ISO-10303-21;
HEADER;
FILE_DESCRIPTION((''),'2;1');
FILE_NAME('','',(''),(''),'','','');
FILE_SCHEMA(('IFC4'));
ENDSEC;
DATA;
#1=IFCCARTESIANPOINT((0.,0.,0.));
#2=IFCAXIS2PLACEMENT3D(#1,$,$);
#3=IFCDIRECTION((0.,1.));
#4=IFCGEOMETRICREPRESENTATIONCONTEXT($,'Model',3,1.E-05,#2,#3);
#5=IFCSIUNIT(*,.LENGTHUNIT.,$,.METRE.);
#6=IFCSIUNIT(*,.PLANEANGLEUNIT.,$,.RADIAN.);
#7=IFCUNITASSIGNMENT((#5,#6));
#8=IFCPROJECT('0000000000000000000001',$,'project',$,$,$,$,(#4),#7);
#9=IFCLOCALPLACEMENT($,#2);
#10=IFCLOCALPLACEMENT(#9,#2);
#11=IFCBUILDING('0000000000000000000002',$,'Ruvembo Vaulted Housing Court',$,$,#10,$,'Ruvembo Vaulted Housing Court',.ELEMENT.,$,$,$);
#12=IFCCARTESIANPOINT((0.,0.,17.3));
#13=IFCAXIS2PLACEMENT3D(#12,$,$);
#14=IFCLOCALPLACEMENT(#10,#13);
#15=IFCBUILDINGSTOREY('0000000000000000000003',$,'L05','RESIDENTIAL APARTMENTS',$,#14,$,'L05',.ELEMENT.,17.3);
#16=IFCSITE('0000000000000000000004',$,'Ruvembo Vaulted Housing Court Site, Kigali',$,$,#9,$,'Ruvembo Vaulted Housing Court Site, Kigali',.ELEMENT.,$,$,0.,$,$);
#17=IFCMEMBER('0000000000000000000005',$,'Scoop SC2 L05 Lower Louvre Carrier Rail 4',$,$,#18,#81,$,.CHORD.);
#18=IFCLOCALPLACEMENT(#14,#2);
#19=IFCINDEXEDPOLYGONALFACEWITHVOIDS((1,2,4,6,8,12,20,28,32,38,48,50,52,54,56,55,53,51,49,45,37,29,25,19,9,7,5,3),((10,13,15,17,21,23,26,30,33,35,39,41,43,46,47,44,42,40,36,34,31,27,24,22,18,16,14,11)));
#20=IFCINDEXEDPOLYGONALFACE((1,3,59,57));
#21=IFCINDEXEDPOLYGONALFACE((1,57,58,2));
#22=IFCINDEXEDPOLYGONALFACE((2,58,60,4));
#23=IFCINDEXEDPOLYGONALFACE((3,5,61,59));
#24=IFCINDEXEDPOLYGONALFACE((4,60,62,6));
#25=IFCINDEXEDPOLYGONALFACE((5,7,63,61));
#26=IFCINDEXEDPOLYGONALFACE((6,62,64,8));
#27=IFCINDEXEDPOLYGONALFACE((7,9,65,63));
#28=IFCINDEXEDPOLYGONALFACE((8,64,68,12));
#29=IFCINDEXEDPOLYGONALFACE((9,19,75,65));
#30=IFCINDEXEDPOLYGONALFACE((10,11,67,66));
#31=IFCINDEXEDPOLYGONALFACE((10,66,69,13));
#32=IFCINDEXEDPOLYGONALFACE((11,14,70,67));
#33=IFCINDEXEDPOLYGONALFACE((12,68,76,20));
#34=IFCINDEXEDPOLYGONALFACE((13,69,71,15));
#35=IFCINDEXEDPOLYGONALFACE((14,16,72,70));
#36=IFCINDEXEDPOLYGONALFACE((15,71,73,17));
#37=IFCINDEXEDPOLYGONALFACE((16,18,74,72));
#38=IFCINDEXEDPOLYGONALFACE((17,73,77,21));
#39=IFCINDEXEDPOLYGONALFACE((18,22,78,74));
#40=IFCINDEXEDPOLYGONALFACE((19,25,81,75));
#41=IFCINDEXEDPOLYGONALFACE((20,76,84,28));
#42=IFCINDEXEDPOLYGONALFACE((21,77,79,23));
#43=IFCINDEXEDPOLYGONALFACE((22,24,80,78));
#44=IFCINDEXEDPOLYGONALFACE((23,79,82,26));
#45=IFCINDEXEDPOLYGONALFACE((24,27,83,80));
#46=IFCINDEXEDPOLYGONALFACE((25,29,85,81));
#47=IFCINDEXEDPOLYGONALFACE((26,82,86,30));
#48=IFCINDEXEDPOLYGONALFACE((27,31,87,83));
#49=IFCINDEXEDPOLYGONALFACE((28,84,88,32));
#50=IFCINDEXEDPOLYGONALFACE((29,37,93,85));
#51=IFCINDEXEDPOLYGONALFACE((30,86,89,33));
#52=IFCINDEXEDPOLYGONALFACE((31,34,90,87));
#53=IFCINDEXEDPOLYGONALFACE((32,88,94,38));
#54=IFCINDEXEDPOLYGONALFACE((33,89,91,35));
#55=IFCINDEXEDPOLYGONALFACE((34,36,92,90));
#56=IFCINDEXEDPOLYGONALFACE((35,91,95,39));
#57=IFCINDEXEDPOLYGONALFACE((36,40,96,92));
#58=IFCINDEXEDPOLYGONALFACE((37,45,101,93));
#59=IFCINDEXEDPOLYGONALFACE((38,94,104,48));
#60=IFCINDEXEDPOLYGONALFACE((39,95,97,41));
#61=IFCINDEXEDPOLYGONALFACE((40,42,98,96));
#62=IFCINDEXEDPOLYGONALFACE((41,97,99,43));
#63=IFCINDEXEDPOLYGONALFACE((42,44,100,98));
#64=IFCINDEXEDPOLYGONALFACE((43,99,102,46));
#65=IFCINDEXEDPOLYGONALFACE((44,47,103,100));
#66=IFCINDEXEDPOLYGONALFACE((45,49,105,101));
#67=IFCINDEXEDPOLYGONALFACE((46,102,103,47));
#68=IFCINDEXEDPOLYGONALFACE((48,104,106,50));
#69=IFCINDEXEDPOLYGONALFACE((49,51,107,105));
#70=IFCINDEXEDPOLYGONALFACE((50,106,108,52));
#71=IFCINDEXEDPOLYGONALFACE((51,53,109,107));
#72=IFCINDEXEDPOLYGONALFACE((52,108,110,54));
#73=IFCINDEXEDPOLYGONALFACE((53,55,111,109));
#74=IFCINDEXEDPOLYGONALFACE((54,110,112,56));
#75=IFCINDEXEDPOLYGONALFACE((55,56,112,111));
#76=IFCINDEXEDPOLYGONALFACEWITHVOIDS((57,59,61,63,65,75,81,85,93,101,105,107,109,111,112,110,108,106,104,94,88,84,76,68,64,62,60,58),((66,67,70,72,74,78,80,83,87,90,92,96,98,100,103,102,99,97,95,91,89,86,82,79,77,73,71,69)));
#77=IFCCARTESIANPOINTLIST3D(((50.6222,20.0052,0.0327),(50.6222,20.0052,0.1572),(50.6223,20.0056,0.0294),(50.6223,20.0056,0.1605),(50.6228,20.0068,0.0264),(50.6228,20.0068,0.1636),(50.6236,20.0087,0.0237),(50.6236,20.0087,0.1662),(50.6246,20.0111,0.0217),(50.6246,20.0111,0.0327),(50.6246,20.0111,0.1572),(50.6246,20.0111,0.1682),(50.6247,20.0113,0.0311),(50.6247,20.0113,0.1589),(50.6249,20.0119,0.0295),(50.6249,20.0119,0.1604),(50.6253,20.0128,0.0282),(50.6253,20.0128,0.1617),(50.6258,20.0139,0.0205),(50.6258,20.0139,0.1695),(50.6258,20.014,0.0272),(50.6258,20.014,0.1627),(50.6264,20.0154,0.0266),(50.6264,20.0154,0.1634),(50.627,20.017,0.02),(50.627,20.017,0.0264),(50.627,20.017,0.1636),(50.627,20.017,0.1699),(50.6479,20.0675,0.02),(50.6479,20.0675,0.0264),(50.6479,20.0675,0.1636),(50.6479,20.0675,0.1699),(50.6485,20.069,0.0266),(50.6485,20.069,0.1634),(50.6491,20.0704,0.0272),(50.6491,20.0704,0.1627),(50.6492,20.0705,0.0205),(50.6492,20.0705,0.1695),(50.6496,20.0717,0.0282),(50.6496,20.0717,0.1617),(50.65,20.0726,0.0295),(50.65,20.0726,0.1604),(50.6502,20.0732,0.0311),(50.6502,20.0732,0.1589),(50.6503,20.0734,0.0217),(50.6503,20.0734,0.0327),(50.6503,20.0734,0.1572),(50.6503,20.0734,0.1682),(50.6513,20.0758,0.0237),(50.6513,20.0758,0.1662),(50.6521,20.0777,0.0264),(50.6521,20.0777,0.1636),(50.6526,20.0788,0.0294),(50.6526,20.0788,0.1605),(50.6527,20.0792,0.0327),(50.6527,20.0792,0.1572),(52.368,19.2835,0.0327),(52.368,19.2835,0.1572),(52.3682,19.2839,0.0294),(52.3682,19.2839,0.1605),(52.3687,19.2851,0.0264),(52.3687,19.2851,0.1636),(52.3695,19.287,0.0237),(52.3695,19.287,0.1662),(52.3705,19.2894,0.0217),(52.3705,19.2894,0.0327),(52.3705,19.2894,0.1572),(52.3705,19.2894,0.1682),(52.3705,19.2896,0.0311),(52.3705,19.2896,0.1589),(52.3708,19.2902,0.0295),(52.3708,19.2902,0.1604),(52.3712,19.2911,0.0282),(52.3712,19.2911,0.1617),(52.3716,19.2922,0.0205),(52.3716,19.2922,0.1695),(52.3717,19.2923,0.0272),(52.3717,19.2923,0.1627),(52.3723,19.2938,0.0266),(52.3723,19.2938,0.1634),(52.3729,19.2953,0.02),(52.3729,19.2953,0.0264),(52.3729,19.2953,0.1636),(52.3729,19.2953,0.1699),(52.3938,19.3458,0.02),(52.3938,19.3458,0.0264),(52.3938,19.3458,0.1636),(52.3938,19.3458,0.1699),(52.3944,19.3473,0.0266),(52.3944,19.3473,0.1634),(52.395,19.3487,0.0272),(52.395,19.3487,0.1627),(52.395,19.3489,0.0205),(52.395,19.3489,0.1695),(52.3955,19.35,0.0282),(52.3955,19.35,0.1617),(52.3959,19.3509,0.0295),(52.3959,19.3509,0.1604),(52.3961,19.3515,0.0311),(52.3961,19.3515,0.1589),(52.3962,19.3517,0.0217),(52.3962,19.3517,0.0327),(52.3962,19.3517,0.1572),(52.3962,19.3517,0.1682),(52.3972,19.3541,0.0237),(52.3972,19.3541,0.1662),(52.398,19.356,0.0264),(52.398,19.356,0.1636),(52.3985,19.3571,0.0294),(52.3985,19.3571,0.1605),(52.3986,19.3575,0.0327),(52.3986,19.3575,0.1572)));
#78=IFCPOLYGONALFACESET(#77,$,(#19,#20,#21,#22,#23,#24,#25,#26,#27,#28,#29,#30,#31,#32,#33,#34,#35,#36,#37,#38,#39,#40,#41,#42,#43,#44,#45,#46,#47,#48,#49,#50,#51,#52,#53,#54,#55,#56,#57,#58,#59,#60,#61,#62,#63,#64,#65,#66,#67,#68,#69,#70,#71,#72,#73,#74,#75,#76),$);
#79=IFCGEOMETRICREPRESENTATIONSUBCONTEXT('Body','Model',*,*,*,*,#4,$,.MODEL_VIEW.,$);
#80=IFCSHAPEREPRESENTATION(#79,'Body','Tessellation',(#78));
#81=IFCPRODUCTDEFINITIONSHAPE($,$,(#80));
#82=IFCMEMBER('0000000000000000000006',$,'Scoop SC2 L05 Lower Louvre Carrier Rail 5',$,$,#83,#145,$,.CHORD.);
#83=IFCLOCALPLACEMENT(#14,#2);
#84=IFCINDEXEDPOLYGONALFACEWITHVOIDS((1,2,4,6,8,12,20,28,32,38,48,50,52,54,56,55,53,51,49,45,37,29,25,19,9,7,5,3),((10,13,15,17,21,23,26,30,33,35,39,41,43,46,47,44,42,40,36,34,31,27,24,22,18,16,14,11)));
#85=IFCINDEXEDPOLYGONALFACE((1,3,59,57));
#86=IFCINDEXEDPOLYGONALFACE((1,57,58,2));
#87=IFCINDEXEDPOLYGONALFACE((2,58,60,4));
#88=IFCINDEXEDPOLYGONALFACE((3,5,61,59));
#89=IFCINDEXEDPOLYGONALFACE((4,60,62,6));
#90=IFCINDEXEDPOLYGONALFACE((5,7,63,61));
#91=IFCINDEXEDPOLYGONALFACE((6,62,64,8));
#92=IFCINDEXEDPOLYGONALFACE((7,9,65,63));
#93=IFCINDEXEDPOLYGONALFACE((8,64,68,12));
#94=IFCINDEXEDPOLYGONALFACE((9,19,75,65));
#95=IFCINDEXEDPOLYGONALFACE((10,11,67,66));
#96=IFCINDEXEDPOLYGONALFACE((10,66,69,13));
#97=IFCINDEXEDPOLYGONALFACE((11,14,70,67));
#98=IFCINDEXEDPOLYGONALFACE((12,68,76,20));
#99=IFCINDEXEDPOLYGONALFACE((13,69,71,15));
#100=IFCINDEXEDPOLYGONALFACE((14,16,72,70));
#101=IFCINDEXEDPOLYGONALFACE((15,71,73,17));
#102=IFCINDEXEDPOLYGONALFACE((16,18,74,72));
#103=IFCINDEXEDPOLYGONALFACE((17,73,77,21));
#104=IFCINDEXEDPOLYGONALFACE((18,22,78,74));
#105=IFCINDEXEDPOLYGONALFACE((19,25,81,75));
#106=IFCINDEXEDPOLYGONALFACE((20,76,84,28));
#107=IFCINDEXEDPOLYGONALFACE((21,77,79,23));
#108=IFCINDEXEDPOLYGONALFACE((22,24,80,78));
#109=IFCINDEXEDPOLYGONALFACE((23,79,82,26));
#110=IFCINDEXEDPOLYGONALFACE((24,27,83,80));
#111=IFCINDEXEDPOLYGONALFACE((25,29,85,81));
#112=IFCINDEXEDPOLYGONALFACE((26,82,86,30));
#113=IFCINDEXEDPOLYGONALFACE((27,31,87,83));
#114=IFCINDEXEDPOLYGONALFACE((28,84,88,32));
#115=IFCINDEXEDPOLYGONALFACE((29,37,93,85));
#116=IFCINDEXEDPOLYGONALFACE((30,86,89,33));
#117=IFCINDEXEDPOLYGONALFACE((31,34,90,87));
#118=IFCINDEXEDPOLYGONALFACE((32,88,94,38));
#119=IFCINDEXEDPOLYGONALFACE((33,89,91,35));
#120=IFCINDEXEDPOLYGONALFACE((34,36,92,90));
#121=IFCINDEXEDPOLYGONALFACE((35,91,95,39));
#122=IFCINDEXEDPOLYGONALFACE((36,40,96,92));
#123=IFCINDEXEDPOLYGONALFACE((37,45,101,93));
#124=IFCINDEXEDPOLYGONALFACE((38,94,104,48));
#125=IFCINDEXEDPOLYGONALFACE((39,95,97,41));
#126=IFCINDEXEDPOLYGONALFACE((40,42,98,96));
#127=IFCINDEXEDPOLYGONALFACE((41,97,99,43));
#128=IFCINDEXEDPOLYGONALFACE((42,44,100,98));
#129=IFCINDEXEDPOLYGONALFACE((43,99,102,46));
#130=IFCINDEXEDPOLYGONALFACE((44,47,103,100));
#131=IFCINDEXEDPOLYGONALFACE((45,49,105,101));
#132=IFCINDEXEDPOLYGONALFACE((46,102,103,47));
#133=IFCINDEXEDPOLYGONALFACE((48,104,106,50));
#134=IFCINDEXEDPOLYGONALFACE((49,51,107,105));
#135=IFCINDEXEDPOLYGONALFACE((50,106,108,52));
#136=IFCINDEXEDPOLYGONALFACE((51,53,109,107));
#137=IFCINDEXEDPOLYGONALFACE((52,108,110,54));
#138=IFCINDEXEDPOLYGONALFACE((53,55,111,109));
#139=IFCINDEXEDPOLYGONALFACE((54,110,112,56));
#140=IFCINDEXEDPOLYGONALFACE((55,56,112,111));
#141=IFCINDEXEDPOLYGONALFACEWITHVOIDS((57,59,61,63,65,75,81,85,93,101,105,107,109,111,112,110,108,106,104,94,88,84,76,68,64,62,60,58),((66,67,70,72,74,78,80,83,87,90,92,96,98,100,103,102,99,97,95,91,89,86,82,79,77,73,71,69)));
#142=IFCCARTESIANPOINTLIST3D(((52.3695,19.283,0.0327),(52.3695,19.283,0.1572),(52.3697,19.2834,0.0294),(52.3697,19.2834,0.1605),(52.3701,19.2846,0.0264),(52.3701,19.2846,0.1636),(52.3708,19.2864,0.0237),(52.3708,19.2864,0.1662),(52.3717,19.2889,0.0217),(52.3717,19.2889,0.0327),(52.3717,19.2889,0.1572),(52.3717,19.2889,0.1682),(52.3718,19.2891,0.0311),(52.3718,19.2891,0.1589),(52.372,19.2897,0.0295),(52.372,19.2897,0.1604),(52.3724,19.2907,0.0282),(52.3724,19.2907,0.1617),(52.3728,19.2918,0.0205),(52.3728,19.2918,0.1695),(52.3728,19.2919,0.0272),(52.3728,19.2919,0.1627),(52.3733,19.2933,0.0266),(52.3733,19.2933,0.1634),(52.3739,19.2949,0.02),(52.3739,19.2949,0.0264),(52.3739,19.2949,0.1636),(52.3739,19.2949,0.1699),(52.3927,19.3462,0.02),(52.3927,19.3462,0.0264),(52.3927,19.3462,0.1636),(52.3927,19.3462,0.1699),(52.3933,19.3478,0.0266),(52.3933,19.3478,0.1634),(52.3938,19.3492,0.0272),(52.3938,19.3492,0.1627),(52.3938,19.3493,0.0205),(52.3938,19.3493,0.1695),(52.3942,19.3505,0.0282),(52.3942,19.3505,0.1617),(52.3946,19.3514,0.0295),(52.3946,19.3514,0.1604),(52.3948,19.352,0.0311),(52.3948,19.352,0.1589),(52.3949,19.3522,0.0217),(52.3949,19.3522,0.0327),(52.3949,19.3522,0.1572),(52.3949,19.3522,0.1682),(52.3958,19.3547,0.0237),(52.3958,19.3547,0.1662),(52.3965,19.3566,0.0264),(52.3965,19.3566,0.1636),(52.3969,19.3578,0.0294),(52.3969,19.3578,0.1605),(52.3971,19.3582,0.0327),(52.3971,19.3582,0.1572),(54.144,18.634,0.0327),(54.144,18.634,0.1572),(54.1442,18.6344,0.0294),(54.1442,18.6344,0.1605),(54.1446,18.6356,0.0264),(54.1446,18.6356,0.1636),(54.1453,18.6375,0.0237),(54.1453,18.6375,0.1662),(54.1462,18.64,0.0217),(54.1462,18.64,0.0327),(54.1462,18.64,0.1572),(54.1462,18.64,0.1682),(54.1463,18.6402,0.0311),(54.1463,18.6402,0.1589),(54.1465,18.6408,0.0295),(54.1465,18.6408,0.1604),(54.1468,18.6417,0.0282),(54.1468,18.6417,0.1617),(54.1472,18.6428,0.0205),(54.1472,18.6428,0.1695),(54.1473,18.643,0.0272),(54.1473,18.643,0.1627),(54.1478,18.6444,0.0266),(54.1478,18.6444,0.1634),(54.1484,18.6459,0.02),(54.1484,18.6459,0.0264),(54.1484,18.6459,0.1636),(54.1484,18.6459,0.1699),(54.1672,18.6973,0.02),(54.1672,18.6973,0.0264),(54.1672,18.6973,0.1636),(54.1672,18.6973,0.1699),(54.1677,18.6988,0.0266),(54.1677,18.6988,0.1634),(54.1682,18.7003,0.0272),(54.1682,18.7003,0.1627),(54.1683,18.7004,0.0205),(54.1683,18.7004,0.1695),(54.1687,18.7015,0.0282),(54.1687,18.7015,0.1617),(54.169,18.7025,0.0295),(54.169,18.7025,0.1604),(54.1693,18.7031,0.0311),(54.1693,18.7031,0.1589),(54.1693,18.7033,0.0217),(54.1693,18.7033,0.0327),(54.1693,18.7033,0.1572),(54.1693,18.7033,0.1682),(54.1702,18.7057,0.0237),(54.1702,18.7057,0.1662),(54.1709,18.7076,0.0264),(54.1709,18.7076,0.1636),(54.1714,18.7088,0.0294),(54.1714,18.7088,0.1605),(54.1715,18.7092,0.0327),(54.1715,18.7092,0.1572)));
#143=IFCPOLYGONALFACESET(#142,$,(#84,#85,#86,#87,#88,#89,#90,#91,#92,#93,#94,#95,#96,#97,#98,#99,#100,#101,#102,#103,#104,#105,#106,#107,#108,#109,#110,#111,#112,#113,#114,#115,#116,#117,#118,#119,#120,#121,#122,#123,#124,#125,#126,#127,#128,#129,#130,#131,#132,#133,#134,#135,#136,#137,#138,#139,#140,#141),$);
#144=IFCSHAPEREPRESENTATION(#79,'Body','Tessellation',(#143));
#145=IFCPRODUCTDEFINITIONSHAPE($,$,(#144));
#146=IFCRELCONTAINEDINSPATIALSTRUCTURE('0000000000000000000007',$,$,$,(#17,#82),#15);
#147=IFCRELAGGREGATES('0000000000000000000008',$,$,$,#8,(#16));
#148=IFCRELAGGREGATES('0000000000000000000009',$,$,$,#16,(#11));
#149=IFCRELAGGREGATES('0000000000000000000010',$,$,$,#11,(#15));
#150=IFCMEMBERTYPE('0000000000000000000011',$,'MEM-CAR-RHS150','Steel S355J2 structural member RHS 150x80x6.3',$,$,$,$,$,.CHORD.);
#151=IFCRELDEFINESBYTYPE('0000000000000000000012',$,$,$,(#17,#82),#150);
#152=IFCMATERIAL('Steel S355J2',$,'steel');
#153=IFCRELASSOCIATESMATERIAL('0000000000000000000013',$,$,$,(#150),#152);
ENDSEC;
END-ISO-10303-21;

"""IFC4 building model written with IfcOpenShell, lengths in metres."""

from ifc_helpers import new_model, si_unit, direction, frame, origin, origin_2d, place, context, subcontext, project, spatial, hollow_rectangle, extrude, material, material_profile, profile_set, type_object, element, save


model = new_model("IFC4")

# Units and contexts
model_context = context("Model", 3, precision=1e-05, world=origin(), true_north=direction((0.0, 1.0)))
body_context = subcontext(model_context, "Body", "Model", "MODEL_VIEW")
ifc_project = project(units=[si_unit("LENGTHUNIT", "METRE"), si_unit("PLANEANGLEUNIT", "RADIAN")], contexts=[model_context])

# Site, building, storey
site_placement = place(None, origin())
site = spatial("IfcSite", under=ifc_project, at=site_placement, Name="Ruvembo Vaulted Housing Court Site, Kigali", LongName="Ruvembo Vaulted Housing Court Site, Kigali", CompositionType="ELEMENT", RefElevation=0.0)
building_placement = place(site_placement, origin())
building = spatial("IfcBuilding", under=site, at=building_placement, Name="Ruvembo Vaulted Housing Court", LongName="Ruvembo Vaulted Housing Court", CompositionType="ELEMENT")
storey_placement = place(building_placement, frame((0.0, 0.0, 17.3)))
storey = spatial("IfcBuildingStorey", under=building, at=storey_placement, Name="L05", Description="RESIDENTIAL APARTMENTS", LongName="L05", CompositionType="ELEMENT", Elevation=17.3)

# Shared definitions
ifc_material_1 = material(Name="Steel S355J2", Category="steel")

# Members
ifc_material_profile_1 = material_profile(ifc_material_1, hollow_rectangle(XDim=0.0801, YDim=0.1499, WallThickness=0.0063, InnerFilletRadius=0.0063, OuterFilletRadius=0.0127, at=origin_2d()), Name="RHS 150x80x6.3")
ifc_profile_set_1 = profile_set([ifc_material_profile_1], Name="Steel S355J2")
member_type_1 = type_object("IfcMemberType", Name="MEM-CAR-RHS150", Description="Steel S355J2 structural member RHS 150x80x6.3", PredefinedType="CHORD", material=ifc_profile_set_1)
member_1_placement = place(storey_placement, frame((50.6375, 20.0422, 0.095), z_axis=(0.924155, -0.382017, 0.0), x_axis=(0.382017, 0.924155, 0.0)))
element("IfcMember", 1, at=member_1_placement, inside=storey, type_object=member_type_1, Name="Scoop SC2 L05 Lower Louvre Carrier Rail 4", PredefinedType="CHORD", context=body_context, shape_type="SweptSolid", body=[
    extrude(hollow_rectangle(XDim=0.0801, YDim=0.1499, WallThickness=0.0063, InnerFilletRadius=0.0063, OuterFilletRadius=0.0127, at=origin_2d()), origin(), (0.0, 0.0, 1.0), 1.8892),
])
member_2_placement = place(storey_placement, frame((52.3833, 19.3206, 0.095), z_axis=(0.939166, -0.343465, 0.0), x_axis=(0.343465, 0.939166, 0.0)))
element("IfcMember", 2, at=member_2_placement, inside=storey, type_object=member_type_1, Name="Scoop SC2 L05 Lower Louvre Carrier Rail 5", PredefinedType="CHORD", context=body_context, shape_type="SweptSolid", body=[
    extrude(hollow_rectangle(XDim=0.0801, YDim=0.1499, WallThickness=0.0063, InnerFilletRadius=0.0063, OuterFilletRadius=0.0127, at=origin_2d()), origin(), (0.0, 0.0, 1.0), 1.8894),
])

save(model, "model.ifc")
